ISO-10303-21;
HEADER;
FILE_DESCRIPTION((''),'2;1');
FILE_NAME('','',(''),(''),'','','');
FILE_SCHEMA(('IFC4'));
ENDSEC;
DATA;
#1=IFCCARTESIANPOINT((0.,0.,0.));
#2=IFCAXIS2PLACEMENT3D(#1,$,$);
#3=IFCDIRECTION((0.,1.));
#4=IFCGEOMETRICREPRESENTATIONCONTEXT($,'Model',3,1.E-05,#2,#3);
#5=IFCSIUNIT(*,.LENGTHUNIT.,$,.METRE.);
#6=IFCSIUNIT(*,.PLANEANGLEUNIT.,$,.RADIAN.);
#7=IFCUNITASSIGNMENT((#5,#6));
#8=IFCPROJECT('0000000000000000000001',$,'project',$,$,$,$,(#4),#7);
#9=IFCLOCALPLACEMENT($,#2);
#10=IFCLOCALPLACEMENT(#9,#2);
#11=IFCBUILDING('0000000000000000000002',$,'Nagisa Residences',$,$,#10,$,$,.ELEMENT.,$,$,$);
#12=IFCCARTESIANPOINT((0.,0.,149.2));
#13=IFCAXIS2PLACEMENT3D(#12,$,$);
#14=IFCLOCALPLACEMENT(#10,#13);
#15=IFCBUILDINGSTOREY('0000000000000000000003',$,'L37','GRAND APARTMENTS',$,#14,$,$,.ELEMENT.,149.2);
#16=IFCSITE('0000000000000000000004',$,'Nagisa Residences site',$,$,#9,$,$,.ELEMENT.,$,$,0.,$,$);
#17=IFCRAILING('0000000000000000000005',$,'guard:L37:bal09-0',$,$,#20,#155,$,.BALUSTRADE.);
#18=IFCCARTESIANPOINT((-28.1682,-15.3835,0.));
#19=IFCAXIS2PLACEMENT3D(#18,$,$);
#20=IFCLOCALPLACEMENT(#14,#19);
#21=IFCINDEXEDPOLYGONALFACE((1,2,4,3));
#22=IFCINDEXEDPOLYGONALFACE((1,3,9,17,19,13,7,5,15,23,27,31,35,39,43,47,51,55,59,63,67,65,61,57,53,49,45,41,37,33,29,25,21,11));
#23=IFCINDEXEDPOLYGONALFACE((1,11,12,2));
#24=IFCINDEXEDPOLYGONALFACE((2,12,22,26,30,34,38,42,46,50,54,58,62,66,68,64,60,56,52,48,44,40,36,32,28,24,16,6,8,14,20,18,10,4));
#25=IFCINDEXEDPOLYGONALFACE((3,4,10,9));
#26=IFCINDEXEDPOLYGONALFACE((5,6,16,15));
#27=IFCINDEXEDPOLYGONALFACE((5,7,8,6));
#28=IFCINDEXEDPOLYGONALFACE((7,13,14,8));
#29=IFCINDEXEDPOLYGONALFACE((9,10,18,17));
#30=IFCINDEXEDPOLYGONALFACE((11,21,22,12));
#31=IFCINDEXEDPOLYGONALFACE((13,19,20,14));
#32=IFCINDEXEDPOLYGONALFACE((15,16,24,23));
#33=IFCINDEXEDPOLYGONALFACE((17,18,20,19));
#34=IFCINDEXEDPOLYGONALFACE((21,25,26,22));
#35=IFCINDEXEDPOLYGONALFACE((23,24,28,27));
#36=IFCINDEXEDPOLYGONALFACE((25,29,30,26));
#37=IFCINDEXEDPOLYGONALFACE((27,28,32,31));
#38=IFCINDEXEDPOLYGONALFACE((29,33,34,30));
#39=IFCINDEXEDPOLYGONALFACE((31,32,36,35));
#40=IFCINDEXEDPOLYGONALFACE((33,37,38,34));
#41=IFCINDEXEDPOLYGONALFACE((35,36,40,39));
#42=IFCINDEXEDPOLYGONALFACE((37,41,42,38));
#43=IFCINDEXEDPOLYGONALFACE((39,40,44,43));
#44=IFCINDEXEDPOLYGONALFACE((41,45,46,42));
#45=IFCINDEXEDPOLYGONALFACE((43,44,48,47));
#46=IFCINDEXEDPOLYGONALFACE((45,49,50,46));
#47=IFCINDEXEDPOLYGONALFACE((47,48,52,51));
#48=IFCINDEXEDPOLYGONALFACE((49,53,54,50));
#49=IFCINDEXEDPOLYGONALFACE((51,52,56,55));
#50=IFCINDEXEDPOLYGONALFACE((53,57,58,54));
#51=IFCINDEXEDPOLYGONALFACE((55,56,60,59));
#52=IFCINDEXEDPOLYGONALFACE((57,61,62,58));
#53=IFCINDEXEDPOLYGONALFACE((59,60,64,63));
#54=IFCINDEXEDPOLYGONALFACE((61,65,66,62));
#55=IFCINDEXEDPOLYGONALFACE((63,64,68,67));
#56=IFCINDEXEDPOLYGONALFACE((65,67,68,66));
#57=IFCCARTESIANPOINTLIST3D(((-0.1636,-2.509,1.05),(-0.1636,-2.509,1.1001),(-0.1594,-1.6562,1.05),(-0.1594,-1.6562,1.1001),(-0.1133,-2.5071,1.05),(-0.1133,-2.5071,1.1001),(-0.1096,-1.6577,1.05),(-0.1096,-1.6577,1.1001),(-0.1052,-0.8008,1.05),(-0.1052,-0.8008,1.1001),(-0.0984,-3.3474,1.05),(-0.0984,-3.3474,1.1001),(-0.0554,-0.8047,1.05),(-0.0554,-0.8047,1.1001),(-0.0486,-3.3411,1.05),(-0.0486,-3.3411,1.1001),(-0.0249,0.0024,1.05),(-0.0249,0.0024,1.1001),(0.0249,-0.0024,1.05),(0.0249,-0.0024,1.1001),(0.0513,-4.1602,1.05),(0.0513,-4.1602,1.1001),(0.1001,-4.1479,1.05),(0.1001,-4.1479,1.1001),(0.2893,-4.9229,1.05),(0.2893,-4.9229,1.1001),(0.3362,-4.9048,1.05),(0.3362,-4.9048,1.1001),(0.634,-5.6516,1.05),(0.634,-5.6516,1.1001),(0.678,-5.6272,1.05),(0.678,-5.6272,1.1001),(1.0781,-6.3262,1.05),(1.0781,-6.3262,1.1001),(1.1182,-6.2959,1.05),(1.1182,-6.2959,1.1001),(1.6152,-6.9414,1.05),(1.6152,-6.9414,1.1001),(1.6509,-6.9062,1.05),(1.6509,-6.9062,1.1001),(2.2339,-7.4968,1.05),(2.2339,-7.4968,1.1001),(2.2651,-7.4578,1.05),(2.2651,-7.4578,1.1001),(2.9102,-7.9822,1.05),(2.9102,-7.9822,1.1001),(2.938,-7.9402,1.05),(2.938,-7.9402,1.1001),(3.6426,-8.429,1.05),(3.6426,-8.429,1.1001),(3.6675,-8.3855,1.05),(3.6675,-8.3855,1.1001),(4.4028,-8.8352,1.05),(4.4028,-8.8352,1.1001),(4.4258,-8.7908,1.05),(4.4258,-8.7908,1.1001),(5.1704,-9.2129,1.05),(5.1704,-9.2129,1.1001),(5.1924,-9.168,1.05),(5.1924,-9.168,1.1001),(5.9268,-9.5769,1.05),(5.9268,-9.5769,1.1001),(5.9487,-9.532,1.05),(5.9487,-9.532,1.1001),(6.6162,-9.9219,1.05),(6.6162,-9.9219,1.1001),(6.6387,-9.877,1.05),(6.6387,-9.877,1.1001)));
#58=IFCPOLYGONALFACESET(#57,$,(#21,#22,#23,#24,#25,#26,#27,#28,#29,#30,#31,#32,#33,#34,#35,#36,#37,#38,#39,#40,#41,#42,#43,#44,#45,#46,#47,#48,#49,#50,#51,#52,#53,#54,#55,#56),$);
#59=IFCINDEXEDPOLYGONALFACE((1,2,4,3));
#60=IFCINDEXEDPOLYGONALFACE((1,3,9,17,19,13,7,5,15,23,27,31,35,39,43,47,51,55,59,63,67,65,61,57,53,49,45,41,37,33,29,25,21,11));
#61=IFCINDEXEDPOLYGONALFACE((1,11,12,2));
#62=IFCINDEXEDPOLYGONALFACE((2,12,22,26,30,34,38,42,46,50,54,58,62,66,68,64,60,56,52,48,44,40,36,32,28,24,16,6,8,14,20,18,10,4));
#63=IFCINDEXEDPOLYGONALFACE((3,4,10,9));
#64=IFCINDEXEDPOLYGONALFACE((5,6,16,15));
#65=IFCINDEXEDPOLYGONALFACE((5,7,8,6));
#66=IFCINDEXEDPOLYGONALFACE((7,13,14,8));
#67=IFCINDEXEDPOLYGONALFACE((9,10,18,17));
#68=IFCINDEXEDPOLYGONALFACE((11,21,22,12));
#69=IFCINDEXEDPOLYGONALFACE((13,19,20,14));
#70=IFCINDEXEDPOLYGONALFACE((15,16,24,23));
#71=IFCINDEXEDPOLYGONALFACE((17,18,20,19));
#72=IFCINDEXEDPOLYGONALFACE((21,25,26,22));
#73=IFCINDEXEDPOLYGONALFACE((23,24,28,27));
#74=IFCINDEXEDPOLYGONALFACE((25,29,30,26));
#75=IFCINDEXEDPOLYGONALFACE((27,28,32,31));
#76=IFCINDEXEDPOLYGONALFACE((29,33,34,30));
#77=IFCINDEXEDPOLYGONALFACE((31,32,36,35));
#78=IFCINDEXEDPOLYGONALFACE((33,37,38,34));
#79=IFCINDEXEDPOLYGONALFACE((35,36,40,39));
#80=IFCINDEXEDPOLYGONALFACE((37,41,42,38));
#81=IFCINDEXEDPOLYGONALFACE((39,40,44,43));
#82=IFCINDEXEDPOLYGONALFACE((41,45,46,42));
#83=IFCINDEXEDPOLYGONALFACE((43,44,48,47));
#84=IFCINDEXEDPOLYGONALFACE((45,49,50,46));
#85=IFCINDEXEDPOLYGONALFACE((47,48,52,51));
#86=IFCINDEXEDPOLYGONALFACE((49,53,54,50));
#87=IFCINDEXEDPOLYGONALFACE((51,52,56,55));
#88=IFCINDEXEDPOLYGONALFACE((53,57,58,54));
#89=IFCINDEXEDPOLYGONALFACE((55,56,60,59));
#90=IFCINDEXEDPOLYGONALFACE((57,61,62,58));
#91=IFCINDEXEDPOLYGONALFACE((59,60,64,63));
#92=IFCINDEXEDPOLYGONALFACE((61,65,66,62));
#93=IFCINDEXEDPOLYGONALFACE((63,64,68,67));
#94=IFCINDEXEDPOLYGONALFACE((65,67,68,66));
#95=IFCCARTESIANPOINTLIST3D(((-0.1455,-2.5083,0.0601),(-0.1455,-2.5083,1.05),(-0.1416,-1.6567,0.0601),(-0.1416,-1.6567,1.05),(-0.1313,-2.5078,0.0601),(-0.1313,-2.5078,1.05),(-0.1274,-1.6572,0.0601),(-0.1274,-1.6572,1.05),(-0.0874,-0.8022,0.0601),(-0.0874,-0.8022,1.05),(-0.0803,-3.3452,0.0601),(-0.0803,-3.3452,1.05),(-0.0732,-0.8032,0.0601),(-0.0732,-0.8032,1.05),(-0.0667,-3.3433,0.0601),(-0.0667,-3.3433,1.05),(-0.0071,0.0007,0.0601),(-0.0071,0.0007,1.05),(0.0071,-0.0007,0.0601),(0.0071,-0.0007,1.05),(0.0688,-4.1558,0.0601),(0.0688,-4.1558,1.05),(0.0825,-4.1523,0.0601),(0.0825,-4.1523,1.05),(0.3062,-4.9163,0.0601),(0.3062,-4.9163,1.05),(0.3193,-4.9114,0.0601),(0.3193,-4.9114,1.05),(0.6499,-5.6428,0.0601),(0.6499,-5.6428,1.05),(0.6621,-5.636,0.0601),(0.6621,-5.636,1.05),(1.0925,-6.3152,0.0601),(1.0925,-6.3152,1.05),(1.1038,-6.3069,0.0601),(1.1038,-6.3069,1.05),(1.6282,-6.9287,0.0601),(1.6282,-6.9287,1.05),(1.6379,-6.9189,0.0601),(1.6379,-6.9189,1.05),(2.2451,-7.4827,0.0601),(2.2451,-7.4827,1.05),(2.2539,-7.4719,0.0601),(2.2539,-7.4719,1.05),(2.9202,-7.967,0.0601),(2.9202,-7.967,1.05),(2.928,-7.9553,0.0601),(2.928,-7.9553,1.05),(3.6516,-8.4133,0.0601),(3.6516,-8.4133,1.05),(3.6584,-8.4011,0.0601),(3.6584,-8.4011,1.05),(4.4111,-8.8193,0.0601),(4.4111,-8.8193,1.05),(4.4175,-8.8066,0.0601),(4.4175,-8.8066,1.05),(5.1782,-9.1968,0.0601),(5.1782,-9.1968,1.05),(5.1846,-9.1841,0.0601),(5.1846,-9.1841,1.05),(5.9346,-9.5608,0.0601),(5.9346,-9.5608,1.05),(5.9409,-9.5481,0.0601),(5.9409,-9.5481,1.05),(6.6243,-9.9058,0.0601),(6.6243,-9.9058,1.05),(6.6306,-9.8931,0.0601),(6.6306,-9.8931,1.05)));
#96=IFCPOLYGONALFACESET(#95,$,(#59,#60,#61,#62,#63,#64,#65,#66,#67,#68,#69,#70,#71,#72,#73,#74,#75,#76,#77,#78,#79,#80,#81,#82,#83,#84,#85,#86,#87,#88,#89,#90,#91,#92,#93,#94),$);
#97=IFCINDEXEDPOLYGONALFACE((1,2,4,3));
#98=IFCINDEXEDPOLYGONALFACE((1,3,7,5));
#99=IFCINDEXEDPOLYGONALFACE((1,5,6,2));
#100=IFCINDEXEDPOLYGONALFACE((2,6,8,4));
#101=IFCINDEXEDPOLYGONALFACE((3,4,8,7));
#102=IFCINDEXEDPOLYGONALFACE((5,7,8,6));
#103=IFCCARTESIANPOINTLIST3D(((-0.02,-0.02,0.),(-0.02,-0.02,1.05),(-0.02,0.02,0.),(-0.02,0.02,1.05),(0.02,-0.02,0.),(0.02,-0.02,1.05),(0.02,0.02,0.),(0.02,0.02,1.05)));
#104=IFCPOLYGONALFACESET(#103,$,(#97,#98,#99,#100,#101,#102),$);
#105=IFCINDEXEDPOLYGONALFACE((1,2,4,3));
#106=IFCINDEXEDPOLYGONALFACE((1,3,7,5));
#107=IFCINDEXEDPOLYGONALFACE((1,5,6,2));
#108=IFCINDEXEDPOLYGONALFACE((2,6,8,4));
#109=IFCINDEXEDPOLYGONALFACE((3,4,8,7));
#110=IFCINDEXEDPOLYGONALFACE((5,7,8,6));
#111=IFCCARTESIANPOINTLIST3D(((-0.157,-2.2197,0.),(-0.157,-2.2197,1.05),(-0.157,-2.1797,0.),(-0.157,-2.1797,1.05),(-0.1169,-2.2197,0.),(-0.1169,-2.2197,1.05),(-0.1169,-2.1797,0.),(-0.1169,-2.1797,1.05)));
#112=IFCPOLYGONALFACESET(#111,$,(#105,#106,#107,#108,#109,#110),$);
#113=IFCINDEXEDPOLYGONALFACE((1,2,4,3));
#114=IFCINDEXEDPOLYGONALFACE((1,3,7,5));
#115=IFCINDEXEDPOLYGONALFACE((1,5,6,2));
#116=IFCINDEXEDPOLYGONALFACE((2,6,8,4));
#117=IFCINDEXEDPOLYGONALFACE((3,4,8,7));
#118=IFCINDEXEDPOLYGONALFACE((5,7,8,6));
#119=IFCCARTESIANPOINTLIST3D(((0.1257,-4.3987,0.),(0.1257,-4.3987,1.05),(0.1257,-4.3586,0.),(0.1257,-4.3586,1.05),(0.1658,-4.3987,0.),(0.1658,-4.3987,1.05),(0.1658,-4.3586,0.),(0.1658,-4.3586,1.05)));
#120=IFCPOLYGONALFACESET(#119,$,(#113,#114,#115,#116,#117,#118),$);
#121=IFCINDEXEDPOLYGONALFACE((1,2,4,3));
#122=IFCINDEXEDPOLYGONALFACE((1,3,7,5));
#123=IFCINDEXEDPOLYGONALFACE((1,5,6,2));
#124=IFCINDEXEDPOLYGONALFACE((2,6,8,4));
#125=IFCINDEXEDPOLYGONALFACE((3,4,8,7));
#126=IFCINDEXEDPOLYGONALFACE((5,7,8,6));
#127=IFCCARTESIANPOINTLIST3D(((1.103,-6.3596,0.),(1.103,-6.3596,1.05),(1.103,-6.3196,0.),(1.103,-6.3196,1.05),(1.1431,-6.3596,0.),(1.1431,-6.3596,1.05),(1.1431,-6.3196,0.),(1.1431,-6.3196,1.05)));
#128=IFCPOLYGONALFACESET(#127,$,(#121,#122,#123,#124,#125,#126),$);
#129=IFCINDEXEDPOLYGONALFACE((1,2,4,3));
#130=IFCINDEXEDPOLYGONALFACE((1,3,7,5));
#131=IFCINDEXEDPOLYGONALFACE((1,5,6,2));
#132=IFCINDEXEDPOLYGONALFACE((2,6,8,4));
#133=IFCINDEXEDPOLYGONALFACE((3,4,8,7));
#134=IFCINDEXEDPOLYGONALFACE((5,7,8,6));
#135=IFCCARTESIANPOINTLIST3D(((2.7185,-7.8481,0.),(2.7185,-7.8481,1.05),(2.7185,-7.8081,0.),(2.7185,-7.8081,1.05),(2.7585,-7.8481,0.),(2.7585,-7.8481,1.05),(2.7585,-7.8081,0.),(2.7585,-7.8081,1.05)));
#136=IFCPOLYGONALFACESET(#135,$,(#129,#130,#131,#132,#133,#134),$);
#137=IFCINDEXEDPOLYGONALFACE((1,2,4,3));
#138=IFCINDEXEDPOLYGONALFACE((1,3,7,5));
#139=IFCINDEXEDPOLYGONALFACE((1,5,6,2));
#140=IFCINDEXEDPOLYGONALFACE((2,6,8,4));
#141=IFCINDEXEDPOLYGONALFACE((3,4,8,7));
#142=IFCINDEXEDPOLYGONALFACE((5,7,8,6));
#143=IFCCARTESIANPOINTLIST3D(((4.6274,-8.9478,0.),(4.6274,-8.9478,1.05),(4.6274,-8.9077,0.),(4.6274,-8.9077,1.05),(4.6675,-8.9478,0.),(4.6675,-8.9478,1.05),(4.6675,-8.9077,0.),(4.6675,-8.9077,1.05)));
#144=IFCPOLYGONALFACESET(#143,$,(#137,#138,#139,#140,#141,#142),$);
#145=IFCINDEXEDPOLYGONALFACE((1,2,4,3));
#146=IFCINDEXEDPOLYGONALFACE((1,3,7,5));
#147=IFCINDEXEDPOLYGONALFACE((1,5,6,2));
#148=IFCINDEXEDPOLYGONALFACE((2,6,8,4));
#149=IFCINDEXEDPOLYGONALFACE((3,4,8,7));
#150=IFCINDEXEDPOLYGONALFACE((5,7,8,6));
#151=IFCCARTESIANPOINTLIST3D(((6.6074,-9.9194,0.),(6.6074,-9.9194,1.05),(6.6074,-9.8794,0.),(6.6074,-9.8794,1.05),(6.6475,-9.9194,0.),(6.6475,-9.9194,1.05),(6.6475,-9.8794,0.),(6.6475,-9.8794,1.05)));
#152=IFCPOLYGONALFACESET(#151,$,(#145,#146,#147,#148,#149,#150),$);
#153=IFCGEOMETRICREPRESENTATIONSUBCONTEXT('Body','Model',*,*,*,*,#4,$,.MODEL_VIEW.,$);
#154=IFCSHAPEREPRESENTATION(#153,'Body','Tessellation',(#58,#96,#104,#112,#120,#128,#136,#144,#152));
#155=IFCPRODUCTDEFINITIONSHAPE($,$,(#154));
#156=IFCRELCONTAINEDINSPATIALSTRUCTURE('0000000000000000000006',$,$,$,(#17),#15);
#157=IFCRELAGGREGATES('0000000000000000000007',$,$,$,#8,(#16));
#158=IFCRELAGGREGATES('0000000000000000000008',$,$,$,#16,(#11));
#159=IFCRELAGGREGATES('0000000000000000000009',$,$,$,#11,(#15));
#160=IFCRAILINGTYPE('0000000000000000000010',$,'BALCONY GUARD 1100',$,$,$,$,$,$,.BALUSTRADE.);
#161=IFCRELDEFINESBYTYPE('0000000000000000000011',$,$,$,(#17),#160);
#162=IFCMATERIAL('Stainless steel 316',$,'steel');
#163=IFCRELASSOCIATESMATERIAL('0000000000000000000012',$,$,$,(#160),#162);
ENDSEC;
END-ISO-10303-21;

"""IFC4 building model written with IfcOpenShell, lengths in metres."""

from ifc_helpers import new_model, si_unit, direction, frame, origin, origin_2d, place, context, subcontext, project, spatial, polyline, rectangle, outline, extrude, material, type_object, element, save


model = new_model("IFC4")

# Units and contexts
model_context = context("Model", 3, precision=1e-05, world=origin(), true_north=direction((0.0, 1.0)))
body_context = subcontext(model_context, "Body", "Model", "MODEL_VIEW")
ifc_project = project(units=[si_unit("LENGTHUNIT", "METRE"), si_unit("PLANEANGLEUNIT", "RADIAN")], contexts=[model_context])

# Site, building, storey
site_placement = place(None, origin())
site = spatial("IfcSite", under=ifc_project, at=site_placement, Name="Nagisa Residences site", CompositionType="ELEMENT", RefElevation=0.0)
building_placement = place(site_placement, origin())
building = spatial("IfcBuilding", under=site, at=building_placement, Name="Nagisa Residences", CompositionType="ELEMENT")
storey_placement = place(building_placement, frame((0.0, 0.0, 149.2)))
storey = spatial("IfcBuildingStorey", under=building, at=storey_placement, Name="L37", Description="GRAND APARTMENTS", CompositionType="ELEMENT", Elevation=149.2)

# Railing
ifc_material_1 = material(Name="Stainless steel 316", Category="steel")
railing_type = type_object("IfcRailingType", Name="BALCONY GUARD 1100", PredefinedType="BALUSTRADE", material=ifc_material_1)
railing_1_placement = place(storey_placement, frame((-28.1682, -15.3835, 0.0)))
element("IfcRailing", 1, at=railing_1_placement, inside=storey, type_object=railing_type, Name="guard:L37:bal09-0", PredefinedType="BALUSTRADE", context=body_context, shape_type="SweptSolid", body=[
    extrude(outline(polyline([(-0.0554, -0.8047), (0.0249, -0.0024), (-0.0249, 0.0024), (-0.1052, -0.8008), (-0.1594, -1.6562), (-0.1636, -2.509), (-0.0984, -3.3474), (0.0513, -4.1602), (0.2893, -4.9229), (0.634, -5.6516), (1.0781, -6.3262), (1.6152, -6.9414), (2.2339, -7.4968), (2.9102, -7.9822), (3.6426, -8.429), (4.4028, -8.8352), (5.1704, -9.2129), (5.9268, -9.5769), (6.6162, -9.9219), (6.6387, -9.877), (5.9487, -9.532), (5.1924, -9.168), (4.4258, -8.7908), (3.6675, -8.3855), (2.938, -7.9402), (2.2651, -7.4578), (1.6509, -6.9062), (1.1182, -6.2959), (0.678, -5.6272), (0.3362, -4.9048), (0.1001, -4.1479), (-0.0486, -3.3411), (-0.1133, -2.5071), (-0.1096, -1.6577), (-0.0554, -0.8047)])), frame((0.0, 0.0, 1.05)), (0.0, 0.0, 1.0), 0.05),
    extrude(outline(polyline([(-0.0732, -0.8032), (0.0071, -0.0007), (-0.0071, 0.0007), (-0.0874, -0.8022), (-0.1416, -1.6567), (-0.1455, -2.5083), (-0.0803, -3.3452), (0.0688, -4.1558), (0.3062, -4.9163), (0.6499, -5.6428), (1.0925, -6.3152), (1.6282, -6.9287), (2.2451, -7.4827), (2.9202, -7.967), (3.6516, -8.4133), (4.4111, -8.8193), (5.1782, -9.1968), (5.9346, -9.5608), (6.6243, -9.9058), (6.6306, -9.8931), (5.9409, -9.5481), (5.1846, -9.1841), (4.4175, -8.8066), (3.6584, -8.4011), (2.928, -7.9553), (2.2539, -7.4719), (1.6379, -6.9189), (1.1038, -6.3069), (0.6621, -5.636), (0.3193, -4.9114), (0.0825, -4.1523), (-0.0667, -3.3433), (-0.1313, -2.5078), (-0.1274, -1.6572), (-0.0732, -0.8032)])), frame((0.0, 0.0, 0.0601)), (0.0, 0.0, 1.0), 0.99),
    extrude(rectangle(XDim=0.04, YDim=0.04, at=origin_2d()), origin(), (0.0, 0.0, 1.0), 1.05),
    extrude(rectangle(XDim=0.04, YDim=0.04, at=origin_2d()), frame((-0.137, -2.1997, 0.0)), (0.0, 0.0, 1.0), 1.05),
    extrude(rectangle(XDim=0.04, YDim=0.04, at=origin_2d()), frame((0.1458, -4.3787, 0.0)), (0.0, 0.0, 1.0), 1.05),
    extrude(rectangle(XDim=0.04, YDim=0.04, at=origin_2d()), frame((1.123, -6.3396, 0.0)), (0.0, 0.0, 1.0), 1.05),
    extrude(rectangle(XDim=0.04, YDim=0.04, at=origin_2d()), frame((2.7385, -7.8281, 0.0)), (0.0, 0.0, 1.0), 1.05),
    extrude(rectangle(XDim=0.04, YDim=0.04, at=origin_2d()), frame((4.6475, -8.9277, 0.0)), (0.0, 0.0, 1.0), 1.05),
    extrude(rectangle(XDim=0.04, YDim=0.04, at=origin_2d()), frame((6.6274, -9.8994, 0.0)), (0.0, 0.0, 1.0), 1.05),
])

save(model, "model.ifc")
